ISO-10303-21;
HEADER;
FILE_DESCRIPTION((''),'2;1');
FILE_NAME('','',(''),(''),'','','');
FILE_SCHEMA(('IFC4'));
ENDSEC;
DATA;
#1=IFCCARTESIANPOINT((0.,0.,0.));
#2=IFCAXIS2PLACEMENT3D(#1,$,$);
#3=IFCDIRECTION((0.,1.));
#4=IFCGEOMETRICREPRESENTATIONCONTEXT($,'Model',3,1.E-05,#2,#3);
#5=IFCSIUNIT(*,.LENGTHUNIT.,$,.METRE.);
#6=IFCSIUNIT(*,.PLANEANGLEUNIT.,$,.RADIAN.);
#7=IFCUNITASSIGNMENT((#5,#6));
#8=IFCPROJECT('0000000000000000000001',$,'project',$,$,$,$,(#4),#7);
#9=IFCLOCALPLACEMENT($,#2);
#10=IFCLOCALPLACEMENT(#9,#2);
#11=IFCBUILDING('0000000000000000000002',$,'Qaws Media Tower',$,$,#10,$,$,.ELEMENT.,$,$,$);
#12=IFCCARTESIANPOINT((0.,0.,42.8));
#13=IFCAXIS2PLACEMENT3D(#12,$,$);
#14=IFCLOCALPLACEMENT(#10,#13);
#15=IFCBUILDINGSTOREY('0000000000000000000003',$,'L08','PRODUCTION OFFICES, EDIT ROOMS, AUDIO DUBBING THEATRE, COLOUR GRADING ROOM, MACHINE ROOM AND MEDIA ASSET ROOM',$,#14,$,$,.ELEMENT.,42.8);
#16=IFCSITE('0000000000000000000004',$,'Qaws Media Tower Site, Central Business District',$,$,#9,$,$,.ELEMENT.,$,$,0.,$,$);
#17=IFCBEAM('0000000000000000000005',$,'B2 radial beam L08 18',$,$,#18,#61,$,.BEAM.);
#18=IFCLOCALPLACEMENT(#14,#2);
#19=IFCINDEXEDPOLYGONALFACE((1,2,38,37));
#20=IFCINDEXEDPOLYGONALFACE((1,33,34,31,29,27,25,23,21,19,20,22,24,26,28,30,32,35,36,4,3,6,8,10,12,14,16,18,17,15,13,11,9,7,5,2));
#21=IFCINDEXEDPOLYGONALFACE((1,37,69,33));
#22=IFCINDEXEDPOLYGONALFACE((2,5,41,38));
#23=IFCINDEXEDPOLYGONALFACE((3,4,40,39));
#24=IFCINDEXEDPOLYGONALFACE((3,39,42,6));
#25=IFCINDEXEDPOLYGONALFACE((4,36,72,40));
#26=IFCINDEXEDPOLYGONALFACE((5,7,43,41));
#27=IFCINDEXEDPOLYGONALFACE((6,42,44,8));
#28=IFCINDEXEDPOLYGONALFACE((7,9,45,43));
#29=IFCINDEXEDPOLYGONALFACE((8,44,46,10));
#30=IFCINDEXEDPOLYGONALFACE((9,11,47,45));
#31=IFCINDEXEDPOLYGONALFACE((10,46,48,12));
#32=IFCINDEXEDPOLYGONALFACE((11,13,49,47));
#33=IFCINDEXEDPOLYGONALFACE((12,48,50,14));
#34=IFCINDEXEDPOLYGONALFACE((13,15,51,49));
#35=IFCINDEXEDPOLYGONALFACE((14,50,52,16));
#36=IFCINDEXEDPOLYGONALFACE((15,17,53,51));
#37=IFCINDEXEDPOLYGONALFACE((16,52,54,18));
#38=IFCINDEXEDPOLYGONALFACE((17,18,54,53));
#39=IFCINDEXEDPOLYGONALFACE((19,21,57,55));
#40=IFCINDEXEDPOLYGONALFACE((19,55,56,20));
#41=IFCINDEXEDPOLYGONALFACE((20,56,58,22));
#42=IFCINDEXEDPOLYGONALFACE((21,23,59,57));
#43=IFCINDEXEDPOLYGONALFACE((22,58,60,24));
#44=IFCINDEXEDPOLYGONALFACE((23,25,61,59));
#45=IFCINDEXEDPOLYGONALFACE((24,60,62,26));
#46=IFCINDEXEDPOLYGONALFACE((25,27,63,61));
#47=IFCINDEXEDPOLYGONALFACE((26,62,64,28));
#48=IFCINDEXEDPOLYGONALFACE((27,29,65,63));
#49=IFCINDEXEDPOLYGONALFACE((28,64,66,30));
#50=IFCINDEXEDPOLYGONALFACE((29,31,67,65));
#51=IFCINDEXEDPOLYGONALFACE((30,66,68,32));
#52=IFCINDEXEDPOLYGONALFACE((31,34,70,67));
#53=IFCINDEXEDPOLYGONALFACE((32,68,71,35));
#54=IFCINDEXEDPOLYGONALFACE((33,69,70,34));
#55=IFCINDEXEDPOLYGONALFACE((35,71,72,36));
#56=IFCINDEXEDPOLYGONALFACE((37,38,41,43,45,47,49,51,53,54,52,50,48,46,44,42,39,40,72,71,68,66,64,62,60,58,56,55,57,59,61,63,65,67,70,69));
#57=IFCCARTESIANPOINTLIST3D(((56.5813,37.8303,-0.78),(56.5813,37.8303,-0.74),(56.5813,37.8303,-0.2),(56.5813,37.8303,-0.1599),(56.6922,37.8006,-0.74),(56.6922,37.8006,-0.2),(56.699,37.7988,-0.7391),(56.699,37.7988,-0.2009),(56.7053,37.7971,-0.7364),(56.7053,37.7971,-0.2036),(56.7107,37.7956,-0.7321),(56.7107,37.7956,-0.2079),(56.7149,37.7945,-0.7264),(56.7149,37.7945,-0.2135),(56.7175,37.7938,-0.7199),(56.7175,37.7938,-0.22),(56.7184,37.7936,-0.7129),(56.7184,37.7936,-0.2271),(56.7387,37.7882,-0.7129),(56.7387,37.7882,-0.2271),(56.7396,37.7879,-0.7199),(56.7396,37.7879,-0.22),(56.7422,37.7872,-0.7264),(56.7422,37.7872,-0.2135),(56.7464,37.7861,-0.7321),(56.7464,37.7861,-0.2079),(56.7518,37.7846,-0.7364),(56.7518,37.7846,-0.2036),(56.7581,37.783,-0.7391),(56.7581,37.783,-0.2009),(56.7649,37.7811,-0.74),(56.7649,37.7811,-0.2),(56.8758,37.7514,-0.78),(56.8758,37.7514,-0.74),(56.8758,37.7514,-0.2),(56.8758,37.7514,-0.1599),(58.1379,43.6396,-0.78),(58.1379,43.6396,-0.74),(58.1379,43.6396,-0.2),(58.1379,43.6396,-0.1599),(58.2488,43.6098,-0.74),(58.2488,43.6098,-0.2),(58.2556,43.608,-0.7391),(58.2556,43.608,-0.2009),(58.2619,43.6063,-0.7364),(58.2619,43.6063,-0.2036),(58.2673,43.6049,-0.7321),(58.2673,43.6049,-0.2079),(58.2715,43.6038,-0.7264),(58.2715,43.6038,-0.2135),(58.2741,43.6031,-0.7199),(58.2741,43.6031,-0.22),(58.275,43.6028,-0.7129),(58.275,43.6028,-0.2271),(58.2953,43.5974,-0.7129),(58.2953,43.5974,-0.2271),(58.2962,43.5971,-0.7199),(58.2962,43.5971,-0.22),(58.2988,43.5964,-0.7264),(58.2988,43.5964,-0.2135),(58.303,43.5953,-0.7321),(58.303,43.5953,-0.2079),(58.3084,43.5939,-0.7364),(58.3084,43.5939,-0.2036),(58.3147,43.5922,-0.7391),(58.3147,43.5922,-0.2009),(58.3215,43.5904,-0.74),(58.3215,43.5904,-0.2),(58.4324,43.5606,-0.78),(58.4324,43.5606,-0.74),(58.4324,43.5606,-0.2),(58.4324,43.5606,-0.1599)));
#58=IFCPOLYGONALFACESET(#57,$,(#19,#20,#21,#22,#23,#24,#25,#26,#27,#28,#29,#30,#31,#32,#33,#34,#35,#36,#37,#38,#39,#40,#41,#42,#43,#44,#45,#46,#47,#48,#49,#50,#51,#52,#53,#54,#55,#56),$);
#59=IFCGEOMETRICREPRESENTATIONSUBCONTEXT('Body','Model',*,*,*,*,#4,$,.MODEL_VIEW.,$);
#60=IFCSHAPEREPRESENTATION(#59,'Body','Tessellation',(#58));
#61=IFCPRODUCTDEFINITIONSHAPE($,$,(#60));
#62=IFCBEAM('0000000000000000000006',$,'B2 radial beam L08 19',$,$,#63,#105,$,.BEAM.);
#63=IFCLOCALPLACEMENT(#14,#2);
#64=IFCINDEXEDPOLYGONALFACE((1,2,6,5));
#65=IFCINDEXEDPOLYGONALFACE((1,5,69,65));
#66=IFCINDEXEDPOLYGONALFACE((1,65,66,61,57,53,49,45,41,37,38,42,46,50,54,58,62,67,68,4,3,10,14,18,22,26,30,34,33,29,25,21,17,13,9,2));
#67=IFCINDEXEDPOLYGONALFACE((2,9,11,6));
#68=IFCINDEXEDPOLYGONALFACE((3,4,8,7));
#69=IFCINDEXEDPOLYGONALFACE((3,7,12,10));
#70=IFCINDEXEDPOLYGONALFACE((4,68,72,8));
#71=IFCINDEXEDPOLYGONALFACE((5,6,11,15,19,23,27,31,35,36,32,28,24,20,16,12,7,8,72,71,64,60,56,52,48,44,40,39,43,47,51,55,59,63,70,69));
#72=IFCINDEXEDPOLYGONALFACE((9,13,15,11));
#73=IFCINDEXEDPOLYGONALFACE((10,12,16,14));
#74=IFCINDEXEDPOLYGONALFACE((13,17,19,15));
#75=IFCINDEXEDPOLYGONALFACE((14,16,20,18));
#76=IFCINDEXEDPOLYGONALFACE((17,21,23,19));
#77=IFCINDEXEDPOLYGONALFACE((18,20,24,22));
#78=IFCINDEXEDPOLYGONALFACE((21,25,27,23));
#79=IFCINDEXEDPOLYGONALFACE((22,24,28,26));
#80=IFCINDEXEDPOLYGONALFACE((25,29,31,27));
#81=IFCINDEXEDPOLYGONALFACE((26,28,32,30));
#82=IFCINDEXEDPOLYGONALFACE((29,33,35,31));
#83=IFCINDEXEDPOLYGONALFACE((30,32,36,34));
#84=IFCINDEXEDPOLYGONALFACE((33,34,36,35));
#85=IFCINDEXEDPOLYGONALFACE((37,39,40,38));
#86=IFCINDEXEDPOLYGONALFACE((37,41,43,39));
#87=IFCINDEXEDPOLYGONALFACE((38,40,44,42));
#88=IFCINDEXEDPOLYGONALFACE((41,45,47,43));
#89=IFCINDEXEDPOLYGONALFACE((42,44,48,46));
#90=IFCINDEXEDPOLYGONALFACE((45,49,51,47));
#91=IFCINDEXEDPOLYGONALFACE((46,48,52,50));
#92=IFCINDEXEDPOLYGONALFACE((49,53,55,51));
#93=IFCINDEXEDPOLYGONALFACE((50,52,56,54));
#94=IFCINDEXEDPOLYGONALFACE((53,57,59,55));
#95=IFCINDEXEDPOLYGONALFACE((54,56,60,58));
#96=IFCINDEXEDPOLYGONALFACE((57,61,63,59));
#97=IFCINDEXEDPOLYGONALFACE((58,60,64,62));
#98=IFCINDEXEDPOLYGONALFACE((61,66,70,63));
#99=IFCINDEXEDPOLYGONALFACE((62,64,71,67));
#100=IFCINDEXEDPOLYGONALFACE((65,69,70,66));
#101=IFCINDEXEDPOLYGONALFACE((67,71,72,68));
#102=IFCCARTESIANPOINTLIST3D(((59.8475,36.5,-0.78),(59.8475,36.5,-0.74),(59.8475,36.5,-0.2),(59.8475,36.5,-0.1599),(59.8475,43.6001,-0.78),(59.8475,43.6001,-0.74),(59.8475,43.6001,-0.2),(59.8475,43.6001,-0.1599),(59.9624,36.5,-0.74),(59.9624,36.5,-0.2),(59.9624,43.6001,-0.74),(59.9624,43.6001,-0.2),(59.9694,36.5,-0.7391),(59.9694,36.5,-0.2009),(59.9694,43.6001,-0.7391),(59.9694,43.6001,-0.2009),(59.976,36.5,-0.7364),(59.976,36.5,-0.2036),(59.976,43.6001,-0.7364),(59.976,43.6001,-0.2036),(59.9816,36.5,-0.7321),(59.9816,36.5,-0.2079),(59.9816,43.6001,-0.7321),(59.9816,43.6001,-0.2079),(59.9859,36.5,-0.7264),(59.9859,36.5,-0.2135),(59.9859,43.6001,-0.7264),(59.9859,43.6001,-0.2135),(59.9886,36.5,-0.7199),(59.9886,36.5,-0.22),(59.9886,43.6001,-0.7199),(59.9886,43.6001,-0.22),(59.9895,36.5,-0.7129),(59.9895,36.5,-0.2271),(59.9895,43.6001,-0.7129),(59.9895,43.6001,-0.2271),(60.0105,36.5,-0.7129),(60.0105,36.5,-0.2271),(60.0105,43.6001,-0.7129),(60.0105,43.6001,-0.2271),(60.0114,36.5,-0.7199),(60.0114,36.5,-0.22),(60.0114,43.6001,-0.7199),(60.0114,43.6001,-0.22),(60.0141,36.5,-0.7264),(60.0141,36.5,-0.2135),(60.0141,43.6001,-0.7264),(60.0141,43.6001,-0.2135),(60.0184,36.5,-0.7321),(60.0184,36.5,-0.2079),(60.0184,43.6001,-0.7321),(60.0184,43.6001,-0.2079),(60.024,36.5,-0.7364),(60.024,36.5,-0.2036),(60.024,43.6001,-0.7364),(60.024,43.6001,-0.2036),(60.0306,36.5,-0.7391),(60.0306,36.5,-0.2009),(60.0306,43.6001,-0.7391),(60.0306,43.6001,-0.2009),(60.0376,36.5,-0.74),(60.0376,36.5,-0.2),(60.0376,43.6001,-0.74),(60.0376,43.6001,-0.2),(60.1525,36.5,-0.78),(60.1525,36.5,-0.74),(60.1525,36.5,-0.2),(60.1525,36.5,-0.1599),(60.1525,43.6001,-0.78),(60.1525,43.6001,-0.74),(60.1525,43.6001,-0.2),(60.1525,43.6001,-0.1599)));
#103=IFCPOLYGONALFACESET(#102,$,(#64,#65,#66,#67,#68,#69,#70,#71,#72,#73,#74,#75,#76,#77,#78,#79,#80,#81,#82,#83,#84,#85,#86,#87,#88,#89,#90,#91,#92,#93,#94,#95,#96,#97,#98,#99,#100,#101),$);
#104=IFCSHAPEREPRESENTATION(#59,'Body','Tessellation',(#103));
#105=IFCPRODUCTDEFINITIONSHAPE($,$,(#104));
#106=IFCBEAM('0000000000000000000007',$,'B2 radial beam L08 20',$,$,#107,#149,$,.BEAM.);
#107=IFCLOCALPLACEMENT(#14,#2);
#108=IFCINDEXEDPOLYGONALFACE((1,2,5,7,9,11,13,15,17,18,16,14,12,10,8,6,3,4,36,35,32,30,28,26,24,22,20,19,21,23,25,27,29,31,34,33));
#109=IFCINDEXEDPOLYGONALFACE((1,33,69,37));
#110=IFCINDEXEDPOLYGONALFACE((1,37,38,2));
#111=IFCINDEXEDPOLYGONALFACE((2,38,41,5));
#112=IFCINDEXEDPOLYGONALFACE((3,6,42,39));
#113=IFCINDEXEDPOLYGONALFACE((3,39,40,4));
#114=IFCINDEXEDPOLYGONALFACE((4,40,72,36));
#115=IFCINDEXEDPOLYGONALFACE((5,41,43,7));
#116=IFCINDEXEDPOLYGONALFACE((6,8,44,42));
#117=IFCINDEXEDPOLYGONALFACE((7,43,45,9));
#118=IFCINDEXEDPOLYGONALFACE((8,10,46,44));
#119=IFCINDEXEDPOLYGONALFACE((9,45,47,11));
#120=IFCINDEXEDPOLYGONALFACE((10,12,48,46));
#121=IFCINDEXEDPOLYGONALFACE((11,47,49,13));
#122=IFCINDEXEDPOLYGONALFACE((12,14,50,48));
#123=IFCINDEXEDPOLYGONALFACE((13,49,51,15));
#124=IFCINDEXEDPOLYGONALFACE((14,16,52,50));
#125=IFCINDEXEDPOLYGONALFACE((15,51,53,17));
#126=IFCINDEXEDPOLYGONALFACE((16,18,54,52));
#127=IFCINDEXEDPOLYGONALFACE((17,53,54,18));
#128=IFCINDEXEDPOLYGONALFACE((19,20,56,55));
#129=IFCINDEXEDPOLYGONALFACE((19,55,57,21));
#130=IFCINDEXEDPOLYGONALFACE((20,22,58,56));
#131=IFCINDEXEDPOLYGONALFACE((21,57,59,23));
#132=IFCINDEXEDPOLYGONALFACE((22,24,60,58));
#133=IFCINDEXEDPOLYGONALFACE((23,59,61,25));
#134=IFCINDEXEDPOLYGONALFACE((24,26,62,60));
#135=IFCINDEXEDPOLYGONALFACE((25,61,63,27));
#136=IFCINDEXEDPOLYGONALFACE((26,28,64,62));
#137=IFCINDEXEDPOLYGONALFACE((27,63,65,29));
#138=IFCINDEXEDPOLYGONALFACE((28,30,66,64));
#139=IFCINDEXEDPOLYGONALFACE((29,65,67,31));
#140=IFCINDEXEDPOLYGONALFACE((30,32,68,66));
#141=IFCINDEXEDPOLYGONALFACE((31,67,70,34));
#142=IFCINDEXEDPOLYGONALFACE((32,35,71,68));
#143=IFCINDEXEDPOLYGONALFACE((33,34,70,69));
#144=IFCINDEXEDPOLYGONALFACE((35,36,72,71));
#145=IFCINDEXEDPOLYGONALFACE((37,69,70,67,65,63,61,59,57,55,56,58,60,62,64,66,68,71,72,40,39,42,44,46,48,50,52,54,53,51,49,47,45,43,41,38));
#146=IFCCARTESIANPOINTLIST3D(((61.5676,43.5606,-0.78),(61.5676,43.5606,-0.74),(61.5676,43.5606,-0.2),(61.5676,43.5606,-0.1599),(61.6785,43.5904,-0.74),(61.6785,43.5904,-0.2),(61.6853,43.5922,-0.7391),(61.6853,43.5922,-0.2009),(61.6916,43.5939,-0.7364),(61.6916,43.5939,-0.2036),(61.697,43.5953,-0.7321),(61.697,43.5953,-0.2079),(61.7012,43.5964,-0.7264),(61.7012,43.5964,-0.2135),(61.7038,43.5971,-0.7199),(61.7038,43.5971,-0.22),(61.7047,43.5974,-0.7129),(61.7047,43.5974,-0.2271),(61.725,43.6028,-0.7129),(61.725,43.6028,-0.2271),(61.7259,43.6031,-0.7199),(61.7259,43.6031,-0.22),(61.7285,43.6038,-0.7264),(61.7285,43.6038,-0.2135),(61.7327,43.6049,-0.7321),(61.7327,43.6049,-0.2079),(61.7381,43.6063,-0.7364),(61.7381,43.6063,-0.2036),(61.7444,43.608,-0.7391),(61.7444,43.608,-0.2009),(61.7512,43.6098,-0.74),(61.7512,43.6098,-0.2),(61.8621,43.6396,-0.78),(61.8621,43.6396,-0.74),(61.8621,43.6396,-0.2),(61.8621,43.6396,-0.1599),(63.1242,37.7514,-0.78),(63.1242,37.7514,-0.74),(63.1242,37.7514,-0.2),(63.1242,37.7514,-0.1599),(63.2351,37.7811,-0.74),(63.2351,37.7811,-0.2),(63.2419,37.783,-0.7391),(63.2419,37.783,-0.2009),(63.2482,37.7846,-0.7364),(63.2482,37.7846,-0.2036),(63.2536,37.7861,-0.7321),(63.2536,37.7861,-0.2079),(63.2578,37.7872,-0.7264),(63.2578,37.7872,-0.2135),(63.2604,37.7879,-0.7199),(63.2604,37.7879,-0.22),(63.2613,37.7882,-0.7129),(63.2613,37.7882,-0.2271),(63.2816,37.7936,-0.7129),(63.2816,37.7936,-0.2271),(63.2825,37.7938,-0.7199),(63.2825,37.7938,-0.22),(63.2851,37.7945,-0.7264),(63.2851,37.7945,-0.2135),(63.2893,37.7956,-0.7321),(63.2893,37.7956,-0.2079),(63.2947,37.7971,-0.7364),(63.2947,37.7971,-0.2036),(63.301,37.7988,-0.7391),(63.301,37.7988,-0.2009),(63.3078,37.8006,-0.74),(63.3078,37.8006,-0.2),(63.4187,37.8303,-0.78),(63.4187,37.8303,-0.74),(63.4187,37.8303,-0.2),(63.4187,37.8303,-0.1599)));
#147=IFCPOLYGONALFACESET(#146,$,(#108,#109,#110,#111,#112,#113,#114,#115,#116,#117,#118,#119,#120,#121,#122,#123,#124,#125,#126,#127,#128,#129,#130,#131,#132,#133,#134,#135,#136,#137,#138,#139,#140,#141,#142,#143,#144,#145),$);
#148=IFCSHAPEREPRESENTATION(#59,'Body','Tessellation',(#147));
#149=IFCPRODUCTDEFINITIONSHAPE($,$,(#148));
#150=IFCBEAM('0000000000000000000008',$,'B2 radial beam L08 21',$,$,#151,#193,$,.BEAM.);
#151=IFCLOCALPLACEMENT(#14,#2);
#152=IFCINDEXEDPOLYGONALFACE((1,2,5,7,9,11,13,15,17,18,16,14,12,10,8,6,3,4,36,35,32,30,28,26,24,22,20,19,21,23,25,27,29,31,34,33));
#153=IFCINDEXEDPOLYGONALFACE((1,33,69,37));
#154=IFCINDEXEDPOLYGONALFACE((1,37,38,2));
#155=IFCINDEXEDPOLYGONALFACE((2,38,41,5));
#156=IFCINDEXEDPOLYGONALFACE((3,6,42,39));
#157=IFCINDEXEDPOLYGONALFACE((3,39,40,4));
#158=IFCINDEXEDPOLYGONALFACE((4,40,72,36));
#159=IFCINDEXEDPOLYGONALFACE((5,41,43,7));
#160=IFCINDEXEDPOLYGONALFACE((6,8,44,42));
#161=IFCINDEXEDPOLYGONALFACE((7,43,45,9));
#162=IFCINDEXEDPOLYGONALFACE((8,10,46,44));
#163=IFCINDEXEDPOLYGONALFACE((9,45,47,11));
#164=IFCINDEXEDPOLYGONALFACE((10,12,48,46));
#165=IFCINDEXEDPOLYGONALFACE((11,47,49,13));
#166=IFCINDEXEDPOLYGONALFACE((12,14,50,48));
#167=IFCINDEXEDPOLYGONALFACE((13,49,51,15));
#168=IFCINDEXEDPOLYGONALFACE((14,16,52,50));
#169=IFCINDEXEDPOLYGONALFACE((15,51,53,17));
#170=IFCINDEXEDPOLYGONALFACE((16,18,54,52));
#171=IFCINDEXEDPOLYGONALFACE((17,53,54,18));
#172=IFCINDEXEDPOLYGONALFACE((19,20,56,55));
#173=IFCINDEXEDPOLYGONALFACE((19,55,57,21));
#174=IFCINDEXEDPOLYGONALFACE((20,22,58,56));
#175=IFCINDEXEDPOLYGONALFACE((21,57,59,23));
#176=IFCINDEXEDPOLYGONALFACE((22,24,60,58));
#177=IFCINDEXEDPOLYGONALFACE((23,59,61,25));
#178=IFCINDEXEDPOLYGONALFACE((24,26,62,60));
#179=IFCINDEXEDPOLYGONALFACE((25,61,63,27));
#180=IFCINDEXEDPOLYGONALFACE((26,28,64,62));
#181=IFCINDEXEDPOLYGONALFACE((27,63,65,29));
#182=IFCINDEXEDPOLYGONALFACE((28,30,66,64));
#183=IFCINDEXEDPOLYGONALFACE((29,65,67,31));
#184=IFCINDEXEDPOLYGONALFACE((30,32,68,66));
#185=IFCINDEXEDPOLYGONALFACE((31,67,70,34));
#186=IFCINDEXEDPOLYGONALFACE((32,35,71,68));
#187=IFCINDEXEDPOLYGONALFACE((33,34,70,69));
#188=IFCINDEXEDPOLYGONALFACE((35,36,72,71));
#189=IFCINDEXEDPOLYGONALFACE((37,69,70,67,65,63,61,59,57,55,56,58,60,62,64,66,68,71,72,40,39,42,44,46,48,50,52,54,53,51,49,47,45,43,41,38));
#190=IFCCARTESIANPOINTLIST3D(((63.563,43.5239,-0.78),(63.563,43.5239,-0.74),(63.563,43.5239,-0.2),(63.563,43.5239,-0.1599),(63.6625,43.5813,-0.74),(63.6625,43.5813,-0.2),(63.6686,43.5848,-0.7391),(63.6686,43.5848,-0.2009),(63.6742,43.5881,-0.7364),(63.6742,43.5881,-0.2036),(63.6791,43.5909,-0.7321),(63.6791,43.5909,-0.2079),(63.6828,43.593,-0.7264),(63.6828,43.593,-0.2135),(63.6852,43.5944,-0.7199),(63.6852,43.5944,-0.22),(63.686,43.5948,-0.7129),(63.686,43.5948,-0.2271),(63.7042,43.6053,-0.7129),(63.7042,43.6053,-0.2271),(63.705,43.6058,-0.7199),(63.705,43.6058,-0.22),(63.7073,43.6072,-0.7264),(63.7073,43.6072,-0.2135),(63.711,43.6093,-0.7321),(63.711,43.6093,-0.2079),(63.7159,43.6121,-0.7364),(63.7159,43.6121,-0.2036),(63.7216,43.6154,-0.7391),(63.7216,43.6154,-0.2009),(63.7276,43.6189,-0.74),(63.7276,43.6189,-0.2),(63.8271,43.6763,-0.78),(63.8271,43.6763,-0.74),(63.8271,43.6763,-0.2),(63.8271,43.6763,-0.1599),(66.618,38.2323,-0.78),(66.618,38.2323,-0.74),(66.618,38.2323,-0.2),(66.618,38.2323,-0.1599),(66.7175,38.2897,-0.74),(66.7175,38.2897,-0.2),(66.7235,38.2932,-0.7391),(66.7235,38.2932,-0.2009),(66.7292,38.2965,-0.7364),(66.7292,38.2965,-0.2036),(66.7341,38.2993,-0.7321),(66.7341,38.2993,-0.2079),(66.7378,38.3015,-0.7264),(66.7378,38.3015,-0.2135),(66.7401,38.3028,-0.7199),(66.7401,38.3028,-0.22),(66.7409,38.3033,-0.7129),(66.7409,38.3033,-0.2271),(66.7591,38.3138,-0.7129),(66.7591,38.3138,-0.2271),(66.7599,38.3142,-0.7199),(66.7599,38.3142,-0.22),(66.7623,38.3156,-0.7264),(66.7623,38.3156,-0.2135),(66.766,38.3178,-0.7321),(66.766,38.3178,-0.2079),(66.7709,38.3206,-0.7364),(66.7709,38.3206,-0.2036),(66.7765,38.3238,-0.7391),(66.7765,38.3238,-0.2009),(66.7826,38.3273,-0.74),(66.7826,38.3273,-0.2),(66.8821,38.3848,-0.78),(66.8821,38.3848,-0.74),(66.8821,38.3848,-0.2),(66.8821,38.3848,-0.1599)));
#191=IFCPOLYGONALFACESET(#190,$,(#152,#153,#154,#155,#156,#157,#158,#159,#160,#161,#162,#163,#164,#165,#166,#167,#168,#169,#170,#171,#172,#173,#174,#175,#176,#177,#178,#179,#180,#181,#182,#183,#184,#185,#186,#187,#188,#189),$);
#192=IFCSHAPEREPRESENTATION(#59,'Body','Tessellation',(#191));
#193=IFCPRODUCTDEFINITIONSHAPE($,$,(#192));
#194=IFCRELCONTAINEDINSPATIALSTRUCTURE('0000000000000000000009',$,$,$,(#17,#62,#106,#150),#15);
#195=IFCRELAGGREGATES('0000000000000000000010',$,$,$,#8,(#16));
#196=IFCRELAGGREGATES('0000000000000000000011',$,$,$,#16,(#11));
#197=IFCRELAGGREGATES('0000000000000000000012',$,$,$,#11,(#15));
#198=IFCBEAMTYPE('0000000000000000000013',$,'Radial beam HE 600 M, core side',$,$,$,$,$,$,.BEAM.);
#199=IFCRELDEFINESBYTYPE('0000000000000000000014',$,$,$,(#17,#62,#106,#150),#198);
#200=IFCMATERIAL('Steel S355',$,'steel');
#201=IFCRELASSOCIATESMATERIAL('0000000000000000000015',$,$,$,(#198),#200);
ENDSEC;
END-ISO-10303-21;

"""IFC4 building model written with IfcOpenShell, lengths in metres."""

from ifc_helpers import new_model, si_unit, direction, frame, origin, origin_2d, place, context, subcontext, project, spatial, i_section, extrude, material, material_profile, profile_set, type_object, element, save


model = new_model("IFC4")

# Units and contexts
model_context = context("Model", 3, precision=1e-05, world=origin(), true_north=direction((0.0, 1.0)))
body_context = subcontext(model_context, "Body", "Model", "MODEL_VIEW")
ifc_project = project(units=[si_unit("LENGTHUNIT", "METRE"), si_unit("PLANEANGLEUNIT", "RADIAN")], contexts=[model_context])

# Site, building, storey
site_placement = place(None, origin())
site = spatial("IfcSite", under=ifc_project, at=site_placement, Name="Qaws Media Tower Site, Central Business District", CompositionType="ELEMENT", RefElevation=0.0)
building_placement = place(site_placement, origin())
building = spatial("IfcBuilding", under=site, at=building_placement, Name="Qaws Media Tower", CompositionType="ELEMENT")
storey_placement = place(building_placement, frame((0.0, 0.0, 42.8)))
storey = spatial("IfcBuildingStorey", under=building, at=storey_placement, Name="L08", Description="PRODUCTION OFFICES, EDIT ROOMS, AUDIO DUBBING THEATRE, COLOUR GRADING ROOM, MACHINE ROOM AND MEDIA ASSET ROOM", CompositionType="ELEMENT", Elevation=42.8)

# Beams
ifc_material_1 = material(Name="Steel S355", Category="steel")
ifc_material_profile_1 = material_profile(ifc_material_1, i_section(OverallWidth=0.3049, OverallDepth=0.6201, WebThickness=0.021, FlangeThickness=0.04, FilletRadius=0.0271, at=origin_2d()), Name="HE 600 M")
ifc_profile_set_1 = profile_set([ifc_material_profile_1], Name="Steel S355")
beam_type_1 = type_object("IfcBeamType", Name="Radial beam HE 600 M, core side", PredefinedType="BEAM", material=ifc_profile_set_1)
beam_1_placement = place(storey_placement, frame((58.2852, 43.6001, -0.47), z_axis=(-0.258825, -0.965924, 0.0), x_axis=(0.965924, -0.258825, 0.0)))
element("IfcBeam", 1, at=beam_1_placement, inside=storey, type_object=beam_type_1, Name="B2 radial beam L08 18", PredefinedType="BEAM", context=body_context, shape_type="SweptSolid", body=[
    extrude(i_section(OverallWidth=0.3049, OverallDepth=0.6201, WebThickness=0.021, FlangeThickness=0.04, FilletRadius=0.0271, at=origin_2d()), origin(), (0.0, 0.0, 1.0), 6.0142),
])
beam_2_placement = place(storey_placement, frame((60.0, 43.6001, -0.47), z_axis=(0.0, -1.0, 0.0), x_axis=(1.0, 0.0, 0.0)))
element("IfcBeam", 2, at=beam_2_placement, inside=storey, type_object=beam_type_1, Name="B2 radial beam L08 19", PredefinedType="BEAM", context=body_context, shape_type="SweptSolid", body=[
    extrude(i_section(OverallWidth=0.3049, OverallDepth=0.6201, WebThickness=0.021, FlangeThickness=0.04, FilletRadius=0.0271, at=origin_2d()), origin(), (0.0, 0.0, 1.0), 7.1001),
])
beam_3_placement = place(storey_placement, frame((61.7148, 43.6001, -0.47), z_axis=(0.258825, -0.965924, 0.0), x_axis=(0.965924, 0.258825, 0.0)))
element("IfcBeam", 3, at=beam_3_placement, inside=storey, type_object=beam_type_1, Name="B2 radial beam L08 20", PredefinedType="BEAM", context=body_context, shape_type="SweptSolid", body=[
    extrude(i_section(OverallWidth=0.3049, OverallDepth=0.6201, WebThickness=0.021, FlangeThickness=0.04, FilletRadius=0.0271, at=origin_2d()), origin(), (0.0, 0.0, 1.0), 6.0142),
])
beam_4_placement = place(storey_placement, frame((63.6951, 43.6001, -0.47), z_axis=(0.499985, -0.866034, 0.0), x_axis=(0.866034, 0.499985, 0.0)))
element("IfcBeam", 4, at=beam_4_placement, inside=storey, type_object=beam_type_1, Name="B2 radial beam L08 21", PredefinedType="BEAM", context=body_context, shape_type="SweptSolid", body=[
    extrude(i_section(OverallWidth=0.3049, OverallDepth=0.6201, WebThickness=0.021, FlangeThickness=0.04, FilletRadius=0.0271, at=origin_2d()), origin(), (0.0, 0.0, 1.0), 6.1101),
])

save(model, "model.ifc")
